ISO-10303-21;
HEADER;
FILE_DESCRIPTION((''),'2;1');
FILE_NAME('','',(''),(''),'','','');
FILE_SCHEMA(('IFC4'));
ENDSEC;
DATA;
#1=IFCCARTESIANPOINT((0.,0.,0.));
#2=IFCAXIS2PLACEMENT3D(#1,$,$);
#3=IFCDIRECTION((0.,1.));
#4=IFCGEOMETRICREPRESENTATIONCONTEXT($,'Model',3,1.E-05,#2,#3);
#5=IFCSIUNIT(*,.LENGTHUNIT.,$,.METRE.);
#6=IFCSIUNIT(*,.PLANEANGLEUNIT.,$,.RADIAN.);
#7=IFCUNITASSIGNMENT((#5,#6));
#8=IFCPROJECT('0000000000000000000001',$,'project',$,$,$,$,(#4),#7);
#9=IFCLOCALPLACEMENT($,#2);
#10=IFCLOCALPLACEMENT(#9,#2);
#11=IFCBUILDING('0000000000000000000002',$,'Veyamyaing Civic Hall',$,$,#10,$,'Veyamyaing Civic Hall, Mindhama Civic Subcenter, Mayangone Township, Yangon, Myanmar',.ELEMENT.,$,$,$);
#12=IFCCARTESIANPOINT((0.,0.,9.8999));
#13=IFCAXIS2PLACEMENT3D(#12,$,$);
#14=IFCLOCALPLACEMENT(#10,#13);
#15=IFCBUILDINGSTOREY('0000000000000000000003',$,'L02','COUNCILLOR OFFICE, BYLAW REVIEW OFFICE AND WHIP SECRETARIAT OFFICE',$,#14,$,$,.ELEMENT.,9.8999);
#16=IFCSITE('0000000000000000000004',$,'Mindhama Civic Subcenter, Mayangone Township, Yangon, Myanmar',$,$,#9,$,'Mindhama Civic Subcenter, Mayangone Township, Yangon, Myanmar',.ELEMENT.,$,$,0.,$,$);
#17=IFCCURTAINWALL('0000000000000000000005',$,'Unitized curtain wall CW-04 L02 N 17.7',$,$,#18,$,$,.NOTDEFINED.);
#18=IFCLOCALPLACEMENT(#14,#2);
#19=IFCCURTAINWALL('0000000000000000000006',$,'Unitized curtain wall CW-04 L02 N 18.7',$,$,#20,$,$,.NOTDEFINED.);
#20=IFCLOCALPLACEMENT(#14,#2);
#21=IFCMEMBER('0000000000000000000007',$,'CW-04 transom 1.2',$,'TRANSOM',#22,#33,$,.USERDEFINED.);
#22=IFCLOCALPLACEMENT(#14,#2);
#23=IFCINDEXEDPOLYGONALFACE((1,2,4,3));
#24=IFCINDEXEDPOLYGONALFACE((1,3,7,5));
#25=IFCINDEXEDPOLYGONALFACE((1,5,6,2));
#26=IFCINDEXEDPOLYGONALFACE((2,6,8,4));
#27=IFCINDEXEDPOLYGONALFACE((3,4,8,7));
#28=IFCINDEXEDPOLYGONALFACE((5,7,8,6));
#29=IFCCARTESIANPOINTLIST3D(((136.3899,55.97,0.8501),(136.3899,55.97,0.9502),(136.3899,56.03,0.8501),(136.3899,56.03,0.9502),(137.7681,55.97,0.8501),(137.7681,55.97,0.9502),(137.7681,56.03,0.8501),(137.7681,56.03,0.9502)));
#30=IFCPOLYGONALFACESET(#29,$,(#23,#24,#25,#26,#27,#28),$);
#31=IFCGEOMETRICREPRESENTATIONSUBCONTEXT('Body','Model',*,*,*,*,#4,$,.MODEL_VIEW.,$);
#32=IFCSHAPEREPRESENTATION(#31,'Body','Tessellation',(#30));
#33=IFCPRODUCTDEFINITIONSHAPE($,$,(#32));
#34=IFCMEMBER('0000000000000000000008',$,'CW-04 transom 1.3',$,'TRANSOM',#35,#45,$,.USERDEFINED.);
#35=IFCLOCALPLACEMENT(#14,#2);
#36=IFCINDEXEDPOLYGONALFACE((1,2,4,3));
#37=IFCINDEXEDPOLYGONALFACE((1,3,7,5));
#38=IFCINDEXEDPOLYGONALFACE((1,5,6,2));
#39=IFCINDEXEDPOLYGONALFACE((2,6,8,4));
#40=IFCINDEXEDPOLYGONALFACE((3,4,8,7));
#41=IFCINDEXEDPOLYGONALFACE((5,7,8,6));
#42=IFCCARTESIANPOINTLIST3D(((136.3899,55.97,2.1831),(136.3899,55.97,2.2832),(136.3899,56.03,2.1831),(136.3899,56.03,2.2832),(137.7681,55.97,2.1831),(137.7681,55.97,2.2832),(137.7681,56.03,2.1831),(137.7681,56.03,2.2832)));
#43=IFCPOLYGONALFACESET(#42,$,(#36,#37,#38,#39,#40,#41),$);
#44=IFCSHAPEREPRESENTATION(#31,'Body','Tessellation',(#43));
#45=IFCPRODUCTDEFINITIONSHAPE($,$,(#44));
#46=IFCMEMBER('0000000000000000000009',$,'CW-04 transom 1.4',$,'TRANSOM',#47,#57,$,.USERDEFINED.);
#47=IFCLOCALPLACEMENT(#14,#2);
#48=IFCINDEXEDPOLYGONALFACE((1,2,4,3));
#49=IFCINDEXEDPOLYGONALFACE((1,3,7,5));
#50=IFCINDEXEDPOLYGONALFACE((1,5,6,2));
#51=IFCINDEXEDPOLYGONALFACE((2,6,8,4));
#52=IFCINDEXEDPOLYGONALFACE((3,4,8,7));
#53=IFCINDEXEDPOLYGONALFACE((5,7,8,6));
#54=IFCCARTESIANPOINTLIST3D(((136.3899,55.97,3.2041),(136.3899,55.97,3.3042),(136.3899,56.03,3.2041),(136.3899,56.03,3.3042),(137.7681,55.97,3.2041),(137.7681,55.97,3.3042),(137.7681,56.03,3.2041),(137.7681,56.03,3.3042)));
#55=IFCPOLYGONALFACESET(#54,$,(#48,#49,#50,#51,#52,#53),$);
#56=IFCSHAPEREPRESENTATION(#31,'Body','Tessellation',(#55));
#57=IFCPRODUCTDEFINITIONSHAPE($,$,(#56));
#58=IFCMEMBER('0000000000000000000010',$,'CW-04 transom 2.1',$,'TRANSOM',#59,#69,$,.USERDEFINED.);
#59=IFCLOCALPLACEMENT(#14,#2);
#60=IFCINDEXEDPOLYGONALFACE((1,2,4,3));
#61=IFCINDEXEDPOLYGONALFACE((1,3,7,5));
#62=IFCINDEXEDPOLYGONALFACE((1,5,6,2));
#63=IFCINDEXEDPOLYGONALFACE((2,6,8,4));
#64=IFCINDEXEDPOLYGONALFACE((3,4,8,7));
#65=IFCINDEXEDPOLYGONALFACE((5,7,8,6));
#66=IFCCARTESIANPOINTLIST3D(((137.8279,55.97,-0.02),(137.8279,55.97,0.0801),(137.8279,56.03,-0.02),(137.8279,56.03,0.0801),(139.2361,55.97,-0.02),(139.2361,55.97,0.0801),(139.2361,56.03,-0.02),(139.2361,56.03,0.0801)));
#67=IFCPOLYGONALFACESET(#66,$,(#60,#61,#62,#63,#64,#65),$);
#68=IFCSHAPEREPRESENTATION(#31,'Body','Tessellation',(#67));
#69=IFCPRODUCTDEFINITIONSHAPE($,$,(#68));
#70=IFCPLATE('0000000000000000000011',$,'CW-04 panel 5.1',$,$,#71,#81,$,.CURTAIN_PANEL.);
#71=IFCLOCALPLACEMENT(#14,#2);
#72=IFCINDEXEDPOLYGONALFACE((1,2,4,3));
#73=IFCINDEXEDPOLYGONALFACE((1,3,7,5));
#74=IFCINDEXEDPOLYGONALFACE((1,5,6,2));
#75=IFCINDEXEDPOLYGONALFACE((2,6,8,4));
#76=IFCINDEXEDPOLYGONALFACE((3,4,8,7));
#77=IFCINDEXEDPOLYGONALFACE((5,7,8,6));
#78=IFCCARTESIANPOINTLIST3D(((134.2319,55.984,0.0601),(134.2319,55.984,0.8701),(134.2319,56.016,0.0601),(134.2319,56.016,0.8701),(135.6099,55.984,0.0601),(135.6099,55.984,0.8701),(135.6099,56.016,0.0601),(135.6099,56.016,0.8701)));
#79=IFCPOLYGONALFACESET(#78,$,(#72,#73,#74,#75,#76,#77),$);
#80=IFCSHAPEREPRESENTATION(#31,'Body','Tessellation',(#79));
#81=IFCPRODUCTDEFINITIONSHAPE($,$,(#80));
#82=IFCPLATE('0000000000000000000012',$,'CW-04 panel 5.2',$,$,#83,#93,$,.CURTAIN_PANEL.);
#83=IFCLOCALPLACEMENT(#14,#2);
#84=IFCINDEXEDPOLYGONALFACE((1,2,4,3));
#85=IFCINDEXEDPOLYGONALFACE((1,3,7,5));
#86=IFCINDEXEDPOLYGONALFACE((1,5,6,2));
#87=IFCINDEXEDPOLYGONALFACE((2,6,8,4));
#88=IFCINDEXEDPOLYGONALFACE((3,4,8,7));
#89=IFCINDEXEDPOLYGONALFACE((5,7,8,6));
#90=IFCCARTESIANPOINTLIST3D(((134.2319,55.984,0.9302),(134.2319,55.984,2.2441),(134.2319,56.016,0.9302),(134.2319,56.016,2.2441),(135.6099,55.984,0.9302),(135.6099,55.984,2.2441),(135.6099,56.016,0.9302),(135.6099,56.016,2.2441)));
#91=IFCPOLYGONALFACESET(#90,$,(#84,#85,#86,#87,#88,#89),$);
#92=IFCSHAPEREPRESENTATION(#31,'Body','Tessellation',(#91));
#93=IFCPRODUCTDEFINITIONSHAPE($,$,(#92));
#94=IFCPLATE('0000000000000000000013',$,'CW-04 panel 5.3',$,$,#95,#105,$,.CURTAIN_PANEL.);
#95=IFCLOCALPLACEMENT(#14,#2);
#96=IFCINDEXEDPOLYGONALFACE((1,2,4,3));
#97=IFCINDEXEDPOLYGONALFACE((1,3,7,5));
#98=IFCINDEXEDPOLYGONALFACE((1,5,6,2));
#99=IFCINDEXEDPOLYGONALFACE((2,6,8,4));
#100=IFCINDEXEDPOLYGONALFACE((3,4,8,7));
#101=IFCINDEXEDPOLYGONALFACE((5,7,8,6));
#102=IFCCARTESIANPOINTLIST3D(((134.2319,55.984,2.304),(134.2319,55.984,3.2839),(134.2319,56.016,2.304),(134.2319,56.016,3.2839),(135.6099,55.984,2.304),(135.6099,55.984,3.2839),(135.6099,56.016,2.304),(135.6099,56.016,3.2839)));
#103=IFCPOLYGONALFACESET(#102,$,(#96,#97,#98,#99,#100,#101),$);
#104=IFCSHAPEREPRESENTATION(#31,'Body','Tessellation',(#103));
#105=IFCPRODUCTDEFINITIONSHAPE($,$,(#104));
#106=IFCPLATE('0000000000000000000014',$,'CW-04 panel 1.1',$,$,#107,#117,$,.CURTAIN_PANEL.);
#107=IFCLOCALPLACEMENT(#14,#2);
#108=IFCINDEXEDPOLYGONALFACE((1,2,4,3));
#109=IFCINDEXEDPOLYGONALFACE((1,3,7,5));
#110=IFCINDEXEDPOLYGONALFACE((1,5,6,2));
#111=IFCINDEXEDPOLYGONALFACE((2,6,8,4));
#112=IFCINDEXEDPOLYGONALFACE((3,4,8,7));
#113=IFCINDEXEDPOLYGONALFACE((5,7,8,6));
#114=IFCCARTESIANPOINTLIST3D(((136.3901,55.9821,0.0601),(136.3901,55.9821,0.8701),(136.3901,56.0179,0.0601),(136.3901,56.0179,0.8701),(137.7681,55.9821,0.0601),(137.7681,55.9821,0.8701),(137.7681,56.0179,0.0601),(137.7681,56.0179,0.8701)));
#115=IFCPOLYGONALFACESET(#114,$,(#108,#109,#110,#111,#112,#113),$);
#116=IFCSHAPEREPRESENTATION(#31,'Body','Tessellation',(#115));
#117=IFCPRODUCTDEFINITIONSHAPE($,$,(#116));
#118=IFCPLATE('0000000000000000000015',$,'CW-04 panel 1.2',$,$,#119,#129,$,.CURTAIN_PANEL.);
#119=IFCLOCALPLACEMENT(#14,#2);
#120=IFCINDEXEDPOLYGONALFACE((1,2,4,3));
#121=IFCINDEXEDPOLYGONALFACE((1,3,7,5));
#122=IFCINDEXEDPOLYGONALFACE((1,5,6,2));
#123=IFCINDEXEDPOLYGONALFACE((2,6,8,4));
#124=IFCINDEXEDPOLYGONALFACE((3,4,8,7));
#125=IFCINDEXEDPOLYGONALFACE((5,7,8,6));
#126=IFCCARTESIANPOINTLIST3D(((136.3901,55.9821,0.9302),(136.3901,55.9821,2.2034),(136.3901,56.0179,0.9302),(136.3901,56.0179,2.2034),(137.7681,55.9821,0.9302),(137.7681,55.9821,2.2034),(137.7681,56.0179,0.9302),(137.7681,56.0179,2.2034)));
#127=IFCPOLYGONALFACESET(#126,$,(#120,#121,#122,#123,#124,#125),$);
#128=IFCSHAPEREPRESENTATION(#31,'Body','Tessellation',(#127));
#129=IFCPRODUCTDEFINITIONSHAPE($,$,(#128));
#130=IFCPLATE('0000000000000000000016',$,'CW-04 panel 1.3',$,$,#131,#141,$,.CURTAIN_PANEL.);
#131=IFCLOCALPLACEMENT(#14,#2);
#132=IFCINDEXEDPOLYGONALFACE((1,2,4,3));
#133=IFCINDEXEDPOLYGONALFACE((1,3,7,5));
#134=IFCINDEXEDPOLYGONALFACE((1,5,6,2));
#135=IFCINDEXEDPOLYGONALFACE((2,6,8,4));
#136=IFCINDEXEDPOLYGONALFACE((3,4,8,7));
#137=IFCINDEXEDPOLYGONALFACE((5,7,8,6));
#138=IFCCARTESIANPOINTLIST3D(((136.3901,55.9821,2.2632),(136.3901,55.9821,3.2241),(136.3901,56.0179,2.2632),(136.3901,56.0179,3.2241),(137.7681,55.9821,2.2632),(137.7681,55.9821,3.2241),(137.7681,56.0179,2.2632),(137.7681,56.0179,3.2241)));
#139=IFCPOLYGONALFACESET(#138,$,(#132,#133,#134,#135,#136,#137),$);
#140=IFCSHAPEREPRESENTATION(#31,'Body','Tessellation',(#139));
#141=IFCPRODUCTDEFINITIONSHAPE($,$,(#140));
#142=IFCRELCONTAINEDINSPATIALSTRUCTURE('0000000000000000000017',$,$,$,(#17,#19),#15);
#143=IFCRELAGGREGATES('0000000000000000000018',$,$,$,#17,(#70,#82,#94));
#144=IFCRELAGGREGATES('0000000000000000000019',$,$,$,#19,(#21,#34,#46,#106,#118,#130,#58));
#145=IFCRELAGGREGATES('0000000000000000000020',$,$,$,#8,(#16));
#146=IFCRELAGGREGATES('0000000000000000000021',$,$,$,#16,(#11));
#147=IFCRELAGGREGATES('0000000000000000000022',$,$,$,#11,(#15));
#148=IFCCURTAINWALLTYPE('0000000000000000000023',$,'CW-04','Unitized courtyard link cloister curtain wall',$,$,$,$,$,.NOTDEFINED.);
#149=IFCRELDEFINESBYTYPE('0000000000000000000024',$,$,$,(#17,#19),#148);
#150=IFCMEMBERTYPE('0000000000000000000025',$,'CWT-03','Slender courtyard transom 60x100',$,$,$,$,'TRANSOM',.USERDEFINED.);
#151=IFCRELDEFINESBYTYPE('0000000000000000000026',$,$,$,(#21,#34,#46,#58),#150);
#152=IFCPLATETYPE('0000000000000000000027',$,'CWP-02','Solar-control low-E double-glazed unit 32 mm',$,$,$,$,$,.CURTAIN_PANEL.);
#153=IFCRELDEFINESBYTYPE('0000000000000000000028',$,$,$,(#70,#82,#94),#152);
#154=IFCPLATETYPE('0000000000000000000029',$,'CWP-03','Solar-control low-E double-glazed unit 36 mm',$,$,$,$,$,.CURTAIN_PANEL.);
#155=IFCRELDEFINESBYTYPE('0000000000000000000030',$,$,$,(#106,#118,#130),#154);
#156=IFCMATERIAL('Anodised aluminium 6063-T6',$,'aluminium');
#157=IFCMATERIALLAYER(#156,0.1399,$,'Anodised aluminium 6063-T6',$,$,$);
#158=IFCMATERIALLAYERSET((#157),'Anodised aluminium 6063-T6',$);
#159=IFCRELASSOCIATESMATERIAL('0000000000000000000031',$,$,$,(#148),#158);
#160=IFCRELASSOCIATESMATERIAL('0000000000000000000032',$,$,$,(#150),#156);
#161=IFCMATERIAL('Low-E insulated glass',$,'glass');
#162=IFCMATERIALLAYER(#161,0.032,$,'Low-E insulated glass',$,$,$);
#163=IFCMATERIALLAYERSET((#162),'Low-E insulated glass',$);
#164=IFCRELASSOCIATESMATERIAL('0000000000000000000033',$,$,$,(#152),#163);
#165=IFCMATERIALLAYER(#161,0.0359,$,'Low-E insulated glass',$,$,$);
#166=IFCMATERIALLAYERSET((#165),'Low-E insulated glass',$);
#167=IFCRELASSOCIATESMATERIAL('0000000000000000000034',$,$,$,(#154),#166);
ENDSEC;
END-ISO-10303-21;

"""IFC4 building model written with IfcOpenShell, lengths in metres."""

from ifc_helpers import new_model, si_unit, direction, frame, origin, origin_2d, place, context, subcontext, project, spatial, rectangle, extrude, material, layer, layer_set, material_profile, profile_set, type_object, element, aggregate, save


model = new_model("IFC4")

# Units and contexts
model_context = context("Model", 3, precision=1e-05, world=origin(), true_north=direction((0.0, 1.0)))
body_context = subcontext(model_context, "Body", "Model", "MODEL_VIEW")
ifc_project = project(units=[si_unit("LENGTHUNIT", "METRE"), si_unit("PLANEANGLEUNIT", "RADIAN")], contexts=[model_context])

# Site, building, storey
site_placement = place(None, origin())
site = spatial("IfcSite", under=ifc_project, at=site_placement, Name="Mindhama Civic Subcenter, Mayangone Township, Yangon, Myanmar", LongName="Mindhama Civic Subcenter, Mayangone Township, Yangon, Myanmar", CompositionType="ELEMENT", RefElevation=0.0)
building_placement = place(site_placement, origin())
building = spatial("IfcBuilding", under=site, at=building_placement, Name="Veyamyaing Civic Hall", LongName="Veyamyaing Civic Hall, Mindhama Civic Subcenter, Mayangone Township, Yangon, Myanmar", CompositionType="ELEMENT")
storey_placement = place(building_placement, frame((0.0, 0.0, 9.8999)))
storey = spatial("IfcBuildingStorey", under=building, at=storey_placement, Name="L02", Description="COUNCILLOR OFFICE, BYLAW REVIEW OFFICE AND WHIP SECRETARIAT OFFICE", CompositionType="ELEMENT", Elevation=9.8999)

# Curtain walls
ifc_material_1 = material(Name="Anodised aluminium 6063-T6", Category="aluminium")
ifc_layer_1 = layer(ifc_material_1, 0.1399, Name="Anodised aluminium 6063-T6")
ifc_layer_set_1 = layer_set([ifc_layer_1], Name="Anodised aluminium 6063-T6")
curtain_wall_type = type_object("IfcCurtainWallType", Name="CW-04", Description="Unitized courtyard link cloister curtain wall", PredefinedType="NOTDEFINED", material=ifc_layer_set_1)
curtain_wall_1_placement = place(storey_placement, origin())
curtain_wall_1 = element("IfcCurtainWall", 1, at=curtain_wall_1_placement, inside=storey, type_object=curtain_wall_type, Name="Unitized curtain wall CW-04 L02 N 17.7", PredefinedType="NOTDEFINED")
curtain_wall_2_placement = place(storey_placement, origin())
curtain_wall_2 = element("IfcCurtainWall", 2, at=curtain_wall_2_placement, inside=storey, type_object=curtain_wall_type, Name="Unitized curtain wall CW-04 L02 N 18.7", PredefinedType="NOTDEFINED")

# Members
ifc_material_profile_1 = material_profile(ifc_material_1, rectangle(XDim=0.0601, YDim=0.1001, at=origin_2d()), Name="ALU-TRN-60X100")
ifc_profile_set_1 = profile_set([ifc_material_profile_1], Name="Anodised aluminium 6063-T6")
member_type_1 = type_object("IfcMemberType", Name="CWT-03", Description="Slender courtyard transom 60x100", ElementType="TRANSOM", PredefinedType="USERDEFINED", material=ifc_profile_set_1)
member_1_placement = place(storey_placement, frame((136.3899, 56.0, 0.9001), z_axis=(1.0, 0.0, 0.0), x_axis=(0.0, 1.0, 0.0)))
member_1 = element("IfcMember", 3, at=member_1_placement, type_object=member_type_1, Name="CW-04 transom 1.2", ObjectType="TRANSOM", PredefinedType="USERDEFINED", context=body_context, shape_type="SweptSolid", body=[
    extrude(rectangle(XDim=0.0601, YDim=0.1001, at=origin_2d()), origin(), (0.0, 0.0, 1.0), 1.3782),
])
member_2_placement = place(storey_placement, frame((136.3899, 56.0, 2.2332), z_axis=(1.0, 0.0, 0.0), x_axis=(0.0, 1.0, 0.0)))
member_2 = element("IfcMember", 4, at=member_2_placement, type_object=member_type_1, Name="CW-04 transom 1.3", ObjectType="TRANSOM", PredefinedType="USERDEFINED", context=body_context, shape_type="SweptSolid", body=[
    extrude(rectangle(XDim=0.0601, YDim=0.1001, at=origin_2d()), origin(), (0.0, 0.0, 1.0), 1.3782),
])
member_3_placement = place(storey_placement, frame((136.3899, 56.0, 3.2542), z_axis=(1.0, 0.0, 0.0), x_axis=(0.0, 1.0, 0.0)))
member_3 = element("IfcMember", 5, at=member_3_placement, type_object=member_type_1, Name="CW-04 transom 1.4", ObjectType="TRANSOM", PredefinedType="USERDEFINED", context=body_context, shape_type="SweptSolid", body=[
    extrude(rectangle(XDim=0.0601, YDim=0.1001, at=origin_2d()), origin(), (0.0, 0.0, 1.0), 1.3782),
])
member_4_placement = place(storey_placement, frame((137.8279, 56.0, 0.03), z_axis=(1.0, 0.0, 0.0), x_axis=(0.0, 1.0, 0.0)))
member_4 = element("IfcMember", 6, at=member_4_placement, type_object=member_type_1, Name="CW-04 transom 2.1", ObjectType="TRANSOM", PredefinedType="USERDEFINED", context=body_context, shape_type="SweptSolid", body=[
    extrude(rectangle(XDim=0.0601, YDim=0.1001, at=origin_2d()), origin(), (0.0, 0.0, 1.0), 1.4082),
])

# Plates
ifc_material_2 = material(Name="Low-E insulated glass", Category="glass")
ifc_layer_2 = layer(ifc_material_2, 0.032, Name="Low-E insulated glass")
ifc_layer_set_2 = layer_set([ifc_layer_2], Name="Low-E insulated glass")
plate_type_1 = type_object("IfcPlateType", Name="CWP-02", Description="Solar-control low-E double-glazed unit 32 mm", PredefinedType="CURTAIN_PANEL", material=ifc_layer_set_2)
plate_1_placement = place(storey_placement, frame((134.9209, 56.0, 0.0601), z_axis=(0.0, 0.0, 1.0), x_axis=(1.0, 0.0, 0.0)))
plate_1 = element("IfcPlate", 7, at=plate_1_placement, type_object=plate_type_1, Name="CW-04 panel 5.1", PredefinedType="CURTAIN_PANEL", context=body_context, shape_type="SweptSolid", body=[
    extrude(rectangle(XDim=1.3779, YDim=0.032, at=origin_2d()), origin(), (0.0, 0.0, 1.0), 0.8101),
])
plate_2_placement = place(storey_placement, frame((134.9209, 56.0, 0.9302), z_axis=(0.0, 0.0, 1.0), x_axis=(1.0, 0.0, 0.0)))
plate_2 = element("IfcPlate", 8, at=plate_2_placement, type_object=plate_type_1, Name="CW-04 panel 5.2", PredefinedType="CURTAIN_PANEL", context=body_context, shape_type="SweptSolid", body=[
    extrude(rectangle(XDim=1.3779, YDim=0.032, at=origin_2d()), origin(), (0.0, 0.0, 1.0), 1.314),
])
plate_3_placement = place(storey_placement, frame((134.9209, 56.0, 2.304), z_axis=(0.0, 0.0, 1.0), x_axis=(1.0, 0.0, 0.0)))
plate_3 = element("IfcPlate", 9, at=plate_3_placement, type_object=plate_type_1, Name="CW-04 panel 5.3", PredefinedType="CURTAIN_PANEL", context=body_context, shape_type="SweptSolid", body=[
    extrude(rectangle(XDim=1.3779, YDim=0.032, at=origin_2d()), origin(), (0.0, 0.0, 1.0), 0.98),
])
aggregate(curtain_wall_1, [plate_1, plate_2, plate_3])
ifc_layer_3 = layer(ifc_material_2, 0.0359, Name="Low-E insulated glass")
ifc_layer_set_3 = layer_set([ifc_layer_3], Name="Low-E insulated glass")
plate_type_2 = type_object("IfcPlateType", Name="CWP-03", Description="Solar-control low-E double-glazed unit 36 mm", PredefinedType="CURTAIN_PANEL", material=ifc_layer_set_3)
plate_4_placement = place(storey_placement, frame((137.0791, 56.0, 0.0601), z_axis=(0.0, 0.0, 1.0), x_axis=(1.0, 0.0, 0.0)))
plate_4 = element("IfcPlate", 10, at=plate_4_placement, type_object=plate_type_2, Name="CW-04 panel 1.1", PredefinedType="CURTAIN_PANEL", context=body_context, shape_type="SweptSolid", body=[
    extrude(rectangle(XDim=1.3779, YDim=0.0359, at=origin_2d()), origin(), (0.0, 0.0, 1.0), 0.8101),
])
plate_5_placement = place(storey_placement, frame((137.0791, 56.0, 0.9302), z_axis=(0.0, 0.0, 1.0), x_axis=(1.0, 0.0, 0.0)))
plate_5 = element("IfcPlate", 11, at=plate_5_placement, type_object=plate_type_2, Name="CW-04 panel 1.2", PredefinedType="CURTAIN_PANEL", context=body_context, shape_type="SweptSolid", body=[
    extrude(rectangle(XDim=1.3779, YDim=0.0359, at=origin_2d()), origin(), (0.0, 0.0, 1.0), 1.2732),
])
plate_6_placement = place(storey_placement, frame((137.0791, 56.0, 2.2632), z_axis=(0.0, 0.0, 1.0), x_axis=(1.0, 0.0, 0.0)))
plate_6 = element("IfcPlate", 12, at=plate_6_placement, type_object=plate_type_2, Name="CW-04 panel 1.3", PredefinedType="CURTAIN_PANEL", context=body_context, shape_type="SweptSolid", body=[
    extrude(rectangle(XDim=1.3779, YDim=0.0359, at=origin_2d()), origin(), (0.0, 0.0, 1.0), 0.9609),
])
aggregate(curtain_wall_2, [member_1, member_2, member_3, plate_4, plate_5, plate_6, member_4])

save(model, "model.ifc")
